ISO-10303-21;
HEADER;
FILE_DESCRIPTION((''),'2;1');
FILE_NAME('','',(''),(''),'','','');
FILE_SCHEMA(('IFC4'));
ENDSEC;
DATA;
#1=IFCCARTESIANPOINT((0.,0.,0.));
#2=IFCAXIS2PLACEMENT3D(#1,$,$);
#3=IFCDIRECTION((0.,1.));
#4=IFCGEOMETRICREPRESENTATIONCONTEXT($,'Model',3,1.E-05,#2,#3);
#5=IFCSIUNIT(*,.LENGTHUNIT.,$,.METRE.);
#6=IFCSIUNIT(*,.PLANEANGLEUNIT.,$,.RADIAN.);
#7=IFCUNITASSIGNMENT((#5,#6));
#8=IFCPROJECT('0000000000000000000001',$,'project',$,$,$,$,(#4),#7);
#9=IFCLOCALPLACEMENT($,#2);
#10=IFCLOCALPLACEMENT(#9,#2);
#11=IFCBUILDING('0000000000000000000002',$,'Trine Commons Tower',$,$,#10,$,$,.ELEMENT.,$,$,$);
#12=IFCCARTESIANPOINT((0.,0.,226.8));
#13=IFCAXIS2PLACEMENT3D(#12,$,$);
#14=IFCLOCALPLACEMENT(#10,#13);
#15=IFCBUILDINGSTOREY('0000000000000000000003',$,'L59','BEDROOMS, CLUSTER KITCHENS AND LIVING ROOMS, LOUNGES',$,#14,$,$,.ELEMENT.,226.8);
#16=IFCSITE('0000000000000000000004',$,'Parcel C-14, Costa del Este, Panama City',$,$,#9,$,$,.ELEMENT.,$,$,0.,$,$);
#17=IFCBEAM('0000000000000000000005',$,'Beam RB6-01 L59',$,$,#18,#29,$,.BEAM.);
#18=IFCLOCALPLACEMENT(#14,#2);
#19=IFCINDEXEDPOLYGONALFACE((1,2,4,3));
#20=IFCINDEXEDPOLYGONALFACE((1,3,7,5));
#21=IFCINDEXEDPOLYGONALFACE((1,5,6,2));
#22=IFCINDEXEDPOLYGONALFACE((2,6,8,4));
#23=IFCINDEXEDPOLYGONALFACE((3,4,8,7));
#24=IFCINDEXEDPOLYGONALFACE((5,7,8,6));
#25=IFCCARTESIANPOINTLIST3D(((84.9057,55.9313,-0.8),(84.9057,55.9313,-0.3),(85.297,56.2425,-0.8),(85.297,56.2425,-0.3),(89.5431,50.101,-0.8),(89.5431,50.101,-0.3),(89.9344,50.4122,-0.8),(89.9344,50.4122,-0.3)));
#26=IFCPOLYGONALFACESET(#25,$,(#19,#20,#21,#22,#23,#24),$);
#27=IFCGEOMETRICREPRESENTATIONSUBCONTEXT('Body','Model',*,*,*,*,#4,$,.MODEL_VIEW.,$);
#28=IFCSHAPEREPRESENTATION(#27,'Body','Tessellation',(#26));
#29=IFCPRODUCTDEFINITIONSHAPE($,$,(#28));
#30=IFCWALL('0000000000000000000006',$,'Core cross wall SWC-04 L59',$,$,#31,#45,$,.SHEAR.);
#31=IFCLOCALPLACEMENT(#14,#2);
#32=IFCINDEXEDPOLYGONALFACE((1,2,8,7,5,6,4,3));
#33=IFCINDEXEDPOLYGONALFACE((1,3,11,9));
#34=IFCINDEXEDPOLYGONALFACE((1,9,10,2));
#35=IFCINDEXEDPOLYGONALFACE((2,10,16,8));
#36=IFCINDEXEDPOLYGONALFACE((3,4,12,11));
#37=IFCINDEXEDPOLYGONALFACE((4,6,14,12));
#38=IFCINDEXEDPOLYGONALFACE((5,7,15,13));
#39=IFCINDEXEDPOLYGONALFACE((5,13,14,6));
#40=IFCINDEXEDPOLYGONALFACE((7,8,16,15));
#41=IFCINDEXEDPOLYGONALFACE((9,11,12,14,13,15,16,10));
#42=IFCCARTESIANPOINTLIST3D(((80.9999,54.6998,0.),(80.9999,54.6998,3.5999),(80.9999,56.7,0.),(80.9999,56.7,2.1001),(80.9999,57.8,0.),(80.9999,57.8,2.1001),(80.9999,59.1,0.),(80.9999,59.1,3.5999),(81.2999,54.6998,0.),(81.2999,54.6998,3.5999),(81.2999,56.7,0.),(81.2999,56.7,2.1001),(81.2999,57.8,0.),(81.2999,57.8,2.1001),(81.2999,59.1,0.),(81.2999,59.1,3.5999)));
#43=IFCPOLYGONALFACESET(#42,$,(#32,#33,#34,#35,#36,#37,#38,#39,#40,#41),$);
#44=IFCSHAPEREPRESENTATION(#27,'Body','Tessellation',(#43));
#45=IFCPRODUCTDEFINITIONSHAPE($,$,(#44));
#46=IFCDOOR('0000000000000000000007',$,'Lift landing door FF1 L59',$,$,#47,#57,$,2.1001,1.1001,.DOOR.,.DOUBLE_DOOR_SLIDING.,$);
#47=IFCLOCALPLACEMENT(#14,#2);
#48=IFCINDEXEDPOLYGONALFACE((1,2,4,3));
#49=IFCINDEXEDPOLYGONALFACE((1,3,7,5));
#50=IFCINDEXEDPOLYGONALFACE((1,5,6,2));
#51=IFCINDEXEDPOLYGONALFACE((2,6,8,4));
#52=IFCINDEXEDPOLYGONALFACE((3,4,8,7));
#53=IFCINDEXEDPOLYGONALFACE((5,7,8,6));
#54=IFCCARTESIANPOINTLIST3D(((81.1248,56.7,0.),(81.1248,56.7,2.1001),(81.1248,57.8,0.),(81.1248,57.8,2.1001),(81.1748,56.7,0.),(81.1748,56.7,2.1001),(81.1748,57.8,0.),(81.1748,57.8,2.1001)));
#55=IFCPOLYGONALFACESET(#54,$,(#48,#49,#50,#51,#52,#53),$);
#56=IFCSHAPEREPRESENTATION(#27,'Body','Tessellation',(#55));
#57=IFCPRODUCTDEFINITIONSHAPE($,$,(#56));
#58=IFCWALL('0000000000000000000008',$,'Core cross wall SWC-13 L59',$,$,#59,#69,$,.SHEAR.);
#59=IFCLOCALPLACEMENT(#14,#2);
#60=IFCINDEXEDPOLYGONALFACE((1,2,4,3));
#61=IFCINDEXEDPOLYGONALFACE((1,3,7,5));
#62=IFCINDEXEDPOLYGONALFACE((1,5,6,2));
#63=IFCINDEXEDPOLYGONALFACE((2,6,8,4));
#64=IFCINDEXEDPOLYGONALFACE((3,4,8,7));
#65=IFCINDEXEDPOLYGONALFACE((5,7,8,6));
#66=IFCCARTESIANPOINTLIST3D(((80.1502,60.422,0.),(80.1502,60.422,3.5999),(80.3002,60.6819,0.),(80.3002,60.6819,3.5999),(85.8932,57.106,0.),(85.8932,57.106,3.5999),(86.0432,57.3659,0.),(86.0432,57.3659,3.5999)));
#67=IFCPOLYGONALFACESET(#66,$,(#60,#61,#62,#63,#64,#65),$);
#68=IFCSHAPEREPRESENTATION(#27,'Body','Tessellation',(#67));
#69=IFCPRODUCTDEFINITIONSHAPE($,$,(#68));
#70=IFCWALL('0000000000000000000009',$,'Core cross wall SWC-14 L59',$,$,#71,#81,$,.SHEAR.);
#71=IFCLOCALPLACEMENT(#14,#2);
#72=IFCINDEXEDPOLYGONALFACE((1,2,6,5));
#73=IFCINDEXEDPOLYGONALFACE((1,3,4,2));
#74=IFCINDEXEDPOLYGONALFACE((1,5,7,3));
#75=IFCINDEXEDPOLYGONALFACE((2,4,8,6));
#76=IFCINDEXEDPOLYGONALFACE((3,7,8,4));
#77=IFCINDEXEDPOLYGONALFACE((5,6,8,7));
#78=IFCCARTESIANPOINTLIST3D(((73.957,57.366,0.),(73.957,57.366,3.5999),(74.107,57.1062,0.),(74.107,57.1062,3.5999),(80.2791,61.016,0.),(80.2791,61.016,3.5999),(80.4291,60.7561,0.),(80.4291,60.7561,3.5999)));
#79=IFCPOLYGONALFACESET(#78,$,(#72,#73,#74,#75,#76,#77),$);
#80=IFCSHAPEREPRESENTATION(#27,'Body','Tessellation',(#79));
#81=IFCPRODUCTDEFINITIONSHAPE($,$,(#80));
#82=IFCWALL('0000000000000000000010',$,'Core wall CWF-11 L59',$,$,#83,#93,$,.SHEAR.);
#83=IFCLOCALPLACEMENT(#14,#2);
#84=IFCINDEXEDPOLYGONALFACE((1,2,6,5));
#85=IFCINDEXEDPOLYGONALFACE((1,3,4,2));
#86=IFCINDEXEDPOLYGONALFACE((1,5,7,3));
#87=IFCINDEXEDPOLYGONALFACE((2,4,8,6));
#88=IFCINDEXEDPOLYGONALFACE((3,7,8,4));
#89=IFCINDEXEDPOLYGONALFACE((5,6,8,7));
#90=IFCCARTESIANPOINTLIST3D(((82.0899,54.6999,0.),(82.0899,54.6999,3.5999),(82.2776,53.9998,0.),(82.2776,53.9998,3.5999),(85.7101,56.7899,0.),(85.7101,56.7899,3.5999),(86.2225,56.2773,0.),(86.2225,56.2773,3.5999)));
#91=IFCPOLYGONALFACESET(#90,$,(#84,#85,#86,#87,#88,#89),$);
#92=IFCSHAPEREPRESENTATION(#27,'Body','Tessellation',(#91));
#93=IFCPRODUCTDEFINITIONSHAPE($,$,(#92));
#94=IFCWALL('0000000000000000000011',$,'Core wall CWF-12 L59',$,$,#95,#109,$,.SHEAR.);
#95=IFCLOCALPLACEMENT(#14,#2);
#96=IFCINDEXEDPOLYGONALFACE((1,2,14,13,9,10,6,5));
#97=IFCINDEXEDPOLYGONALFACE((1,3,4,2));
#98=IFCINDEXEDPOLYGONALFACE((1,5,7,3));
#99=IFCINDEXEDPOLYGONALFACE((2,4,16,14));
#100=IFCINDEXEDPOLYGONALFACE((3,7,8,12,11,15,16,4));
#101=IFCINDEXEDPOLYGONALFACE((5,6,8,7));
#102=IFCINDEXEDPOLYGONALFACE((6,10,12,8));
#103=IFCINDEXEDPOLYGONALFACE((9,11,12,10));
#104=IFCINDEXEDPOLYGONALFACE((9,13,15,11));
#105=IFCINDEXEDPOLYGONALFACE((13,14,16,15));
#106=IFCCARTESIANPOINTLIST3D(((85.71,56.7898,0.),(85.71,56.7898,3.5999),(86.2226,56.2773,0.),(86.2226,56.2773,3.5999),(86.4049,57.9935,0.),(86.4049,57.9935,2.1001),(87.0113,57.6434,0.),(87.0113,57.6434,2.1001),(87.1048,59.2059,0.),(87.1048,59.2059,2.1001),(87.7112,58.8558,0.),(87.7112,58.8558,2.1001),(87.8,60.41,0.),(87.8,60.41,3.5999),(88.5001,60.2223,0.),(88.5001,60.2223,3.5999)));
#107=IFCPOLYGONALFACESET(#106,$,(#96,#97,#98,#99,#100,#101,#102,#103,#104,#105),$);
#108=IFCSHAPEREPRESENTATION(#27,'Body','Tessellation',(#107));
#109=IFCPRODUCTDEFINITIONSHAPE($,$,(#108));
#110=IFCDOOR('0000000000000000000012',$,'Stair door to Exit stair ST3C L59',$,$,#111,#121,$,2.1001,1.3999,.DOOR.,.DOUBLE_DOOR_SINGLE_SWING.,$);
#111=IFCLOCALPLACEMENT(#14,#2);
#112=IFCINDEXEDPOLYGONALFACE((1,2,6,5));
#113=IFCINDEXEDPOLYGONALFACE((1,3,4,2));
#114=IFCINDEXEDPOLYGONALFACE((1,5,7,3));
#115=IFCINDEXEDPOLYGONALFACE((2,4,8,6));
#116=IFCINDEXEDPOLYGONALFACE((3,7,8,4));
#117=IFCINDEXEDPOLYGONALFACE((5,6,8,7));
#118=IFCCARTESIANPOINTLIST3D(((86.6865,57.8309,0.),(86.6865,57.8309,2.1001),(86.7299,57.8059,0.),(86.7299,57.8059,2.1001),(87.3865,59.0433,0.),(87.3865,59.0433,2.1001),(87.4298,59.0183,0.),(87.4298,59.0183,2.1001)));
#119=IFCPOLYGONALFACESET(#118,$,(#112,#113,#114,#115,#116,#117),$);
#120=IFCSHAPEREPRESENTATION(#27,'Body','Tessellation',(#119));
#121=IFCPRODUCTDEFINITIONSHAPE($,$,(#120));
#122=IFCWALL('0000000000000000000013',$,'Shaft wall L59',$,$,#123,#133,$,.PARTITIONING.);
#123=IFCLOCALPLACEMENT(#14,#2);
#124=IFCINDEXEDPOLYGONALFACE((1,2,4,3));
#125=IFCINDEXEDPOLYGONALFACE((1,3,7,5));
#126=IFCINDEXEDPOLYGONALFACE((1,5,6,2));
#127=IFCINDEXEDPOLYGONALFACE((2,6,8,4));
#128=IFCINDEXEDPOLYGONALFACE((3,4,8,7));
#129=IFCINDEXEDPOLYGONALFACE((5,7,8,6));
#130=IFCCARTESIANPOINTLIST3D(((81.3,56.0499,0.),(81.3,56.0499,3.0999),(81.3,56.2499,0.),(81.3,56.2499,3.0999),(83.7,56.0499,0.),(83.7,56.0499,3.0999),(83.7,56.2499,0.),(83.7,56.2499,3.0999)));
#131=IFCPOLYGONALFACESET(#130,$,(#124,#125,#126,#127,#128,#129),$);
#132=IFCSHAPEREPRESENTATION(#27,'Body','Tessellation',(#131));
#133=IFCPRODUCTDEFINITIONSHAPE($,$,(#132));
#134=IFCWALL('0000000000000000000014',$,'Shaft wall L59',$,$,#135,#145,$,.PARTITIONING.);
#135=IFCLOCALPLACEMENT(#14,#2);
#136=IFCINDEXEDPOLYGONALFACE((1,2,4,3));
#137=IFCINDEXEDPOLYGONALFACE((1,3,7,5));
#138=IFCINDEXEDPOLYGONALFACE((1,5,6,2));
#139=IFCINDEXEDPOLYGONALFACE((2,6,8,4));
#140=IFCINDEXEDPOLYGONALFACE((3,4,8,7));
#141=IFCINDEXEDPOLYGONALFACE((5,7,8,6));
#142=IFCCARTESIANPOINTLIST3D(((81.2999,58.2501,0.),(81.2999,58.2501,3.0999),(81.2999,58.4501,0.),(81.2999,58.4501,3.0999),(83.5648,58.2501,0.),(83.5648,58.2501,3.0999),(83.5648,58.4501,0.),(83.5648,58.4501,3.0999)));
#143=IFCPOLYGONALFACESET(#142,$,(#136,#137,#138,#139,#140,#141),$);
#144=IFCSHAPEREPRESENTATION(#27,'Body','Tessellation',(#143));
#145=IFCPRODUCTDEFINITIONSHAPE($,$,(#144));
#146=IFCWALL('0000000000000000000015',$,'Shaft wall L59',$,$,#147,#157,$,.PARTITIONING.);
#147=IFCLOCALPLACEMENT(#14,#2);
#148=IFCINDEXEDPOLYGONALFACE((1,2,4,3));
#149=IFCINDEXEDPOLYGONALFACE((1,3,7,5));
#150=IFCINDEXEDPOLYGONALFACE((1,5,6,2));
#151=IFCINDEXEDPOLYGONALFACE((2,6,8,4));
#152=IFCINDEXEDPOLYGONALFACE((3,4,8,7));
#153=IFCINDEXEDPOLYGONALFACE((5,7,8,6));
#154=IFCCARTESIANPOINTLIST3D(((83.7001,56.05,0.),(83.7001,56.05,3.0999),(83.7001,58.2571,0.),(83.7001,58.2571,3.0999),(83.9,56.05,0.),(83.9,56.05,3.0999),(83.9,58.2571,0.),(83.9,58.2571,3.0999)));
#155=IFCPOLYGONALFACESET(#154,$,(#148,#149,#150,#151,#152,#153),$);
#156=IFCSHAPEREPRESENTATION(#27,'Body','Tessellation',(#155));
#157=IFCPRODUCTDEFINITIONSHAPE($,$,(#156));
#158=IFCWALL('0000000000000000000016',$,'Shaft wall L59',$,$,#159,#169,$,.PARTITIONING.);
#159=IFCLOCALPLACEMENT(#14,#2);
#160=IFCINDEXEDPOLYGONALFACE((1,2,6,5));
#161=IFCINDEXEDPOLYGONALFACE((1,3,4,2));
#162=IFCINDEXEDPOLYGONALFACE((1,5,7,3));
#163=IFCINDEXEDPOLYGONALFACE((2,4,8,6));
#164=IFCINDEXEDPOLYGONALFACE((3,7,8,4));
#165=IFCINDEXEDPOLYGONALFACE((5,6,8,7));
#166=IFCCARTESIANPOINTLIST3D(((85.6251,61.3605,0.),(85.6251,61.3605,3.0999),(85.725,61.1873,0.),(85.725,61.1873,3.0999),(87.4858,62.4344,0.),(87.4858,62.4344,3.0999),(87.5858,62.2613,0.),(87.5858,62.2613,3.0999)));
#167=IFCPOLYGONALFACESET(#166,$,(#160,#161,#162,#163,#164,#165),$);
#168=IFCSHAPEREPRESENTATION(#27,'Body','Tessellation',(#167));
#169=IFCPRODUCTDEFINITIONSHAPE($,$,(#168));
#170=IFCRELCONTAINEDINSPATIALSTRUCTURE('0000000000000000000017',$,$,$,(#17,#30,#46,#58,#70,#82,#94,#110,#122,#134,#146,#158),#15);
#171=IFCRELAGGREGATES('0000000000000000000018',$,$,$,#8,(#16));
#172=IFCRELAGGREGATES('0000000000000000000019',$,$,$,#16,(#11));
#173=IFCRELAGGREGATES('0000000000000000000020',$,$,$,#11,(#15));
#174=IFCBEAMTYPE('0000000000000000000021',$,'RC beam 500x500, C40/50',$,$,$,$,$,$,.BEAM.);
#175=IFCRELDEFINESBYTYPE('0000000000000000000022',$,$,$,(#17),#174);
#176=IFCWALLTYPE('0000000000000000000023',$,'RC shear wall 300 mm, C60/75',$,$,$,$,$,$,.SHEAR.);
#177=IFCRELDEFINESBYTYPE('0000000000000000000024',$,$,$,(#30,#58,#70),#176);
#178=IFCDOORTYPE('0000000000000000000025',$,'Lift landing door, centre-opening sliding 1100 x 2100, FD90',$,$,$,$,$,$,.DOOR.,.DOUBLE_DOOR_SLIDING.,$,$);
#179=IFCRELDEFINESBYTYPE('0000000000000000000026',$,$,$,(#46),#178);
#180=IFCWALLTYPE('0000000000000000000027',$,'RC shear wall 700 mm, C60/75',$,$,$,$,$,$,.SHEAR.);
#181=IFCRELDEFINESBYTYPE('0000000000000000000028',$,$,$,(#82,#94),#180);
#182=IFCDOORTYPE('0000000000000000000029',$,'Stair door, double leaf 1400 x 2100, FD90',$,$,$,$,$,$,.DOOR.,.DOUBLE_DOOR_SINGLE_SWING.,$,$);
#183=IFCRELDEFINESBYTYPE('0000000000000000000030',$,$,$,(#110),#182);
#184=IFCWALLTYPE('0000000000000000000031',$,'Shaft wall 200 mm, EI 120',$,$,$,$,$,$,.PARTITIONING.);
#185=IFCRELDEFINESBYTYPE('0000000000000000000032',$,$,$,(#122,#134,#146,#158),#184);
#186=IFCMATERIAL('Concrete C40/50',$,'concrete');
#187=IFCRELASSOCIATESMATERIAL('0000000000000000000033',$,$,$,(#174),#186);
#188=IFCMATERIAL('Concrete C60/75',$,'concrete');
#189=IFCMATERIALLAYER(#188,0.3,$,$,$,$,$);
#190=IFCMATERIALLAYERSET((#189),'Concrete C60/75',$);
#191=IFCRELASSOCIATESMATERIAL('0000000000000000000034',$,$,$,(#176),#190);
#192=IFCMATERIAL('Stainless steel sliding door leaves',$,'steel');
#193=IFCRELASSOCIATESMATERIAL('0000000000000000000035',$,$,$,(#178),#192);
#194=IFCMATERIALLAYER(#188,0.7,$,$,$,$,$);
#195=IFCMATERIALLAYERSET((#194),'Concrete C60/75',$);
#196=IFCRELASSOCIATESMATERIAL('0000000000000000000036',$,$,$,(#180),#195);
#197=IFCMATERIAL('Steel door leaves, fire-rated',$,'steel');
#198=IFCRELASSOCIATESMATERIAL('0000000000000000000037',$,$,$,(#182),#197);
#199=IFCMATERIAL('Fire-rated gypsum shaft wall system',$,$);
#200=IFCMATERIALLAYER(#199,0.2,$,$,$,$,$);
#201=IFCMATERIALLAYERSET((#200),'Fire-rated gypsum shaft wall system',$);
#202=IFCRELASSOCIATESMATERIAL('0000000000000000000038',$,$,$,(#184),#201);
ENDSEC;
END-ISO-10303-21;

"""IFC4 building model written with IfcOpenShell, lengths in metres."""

from ifc_helpers import new_model, si_unit, direction, frame, frame_2d, origin, origin_2d, place, context, subcontext, project, spatial, polyline, rectangle, outline, extrude, material, layer, layer_set, material_profile, profile_set, type_object, element, fill, save


model = new_model("IFC4")

# Units and contexts
model_context = context("Model", 3, precision=1e-05, world=origin(), true_north=direction((0.0, 1.0)))
body_context = subcontext(model_context, "Body", "Model", "MODEL_VIEW")
ifc_project = project(units=[si_unit("LENGTHUNIT", "METRE"), si_unit("PLANEANGLEUNIT", "RADIAN")], contexts=[model_context])

# Site, building, storey
site_placement = place(None, origin())
site = spatial("IfcSite", under=ifc_project, at=site_placement, Name="Parcel C-14, Costa del Este, Panama City", CompositionType="ELEMENT", RefElevation=0.0)
building_placement = place(site_placement, origin())
building = spatial("IfcBuilding", under=site, at=building_placement, Name="Trine Commons Tower", CompositionType="ELEMENT")
storey_placement = place(building_placement, frame((0.0, 0.0, 226.8)))
storey = spatial("IfcBuildingStorey", under=building, at=storey_placement, Name="L59", Description="BEDROOMS, CLUSTER KITCHENS AND LIVING ROOMS, LOUNGES", CompositionType="ELEMENT", Elevation=226.8)

# Beam
ifc_material_1 = material(Name="Concrete C40/50", Category="concrete")
ifc_material_profile = material_profile(ifc_material_1, rectangle(XDim=0.5, YDim=0.5, at=origin_2d()), Name="RC 500x500")
ifc_profile_set = profile_set([ifc_material_profile], Name="Concrete C40/50")
beam_type = type_object("IfcBeamType", Name="RC beam 500x500, C40/50", PredefinedType="BEAM", material=ifc_profile_set)
beam_placement = place(storey_placement, frame((85.1013, 56.0869, -0.55), z_axis=(0.622498, -0.782621, 0.0), x_axis=(0.782621, 0.622498, 0.0)))
element("IfcBeam", 1, at=beam_placement, inside=storey, type_object=beam_type, Name="Beam RB6-01 L59", PredefinedType="BEAM", context=body_context, shape_type="SweptSolid", body=[
    extrude(rectangle(XDim=0.5, YDim=0.5, at=origin_2d()), origin(), (0.0, 0.0, 1.0), 7.4497),
])

# Wall, opening, door
ifc_material_2 = material(Name="Concrete C60/75", Category="concrete")
ifc_layer_1 = layer(ifc_material_2, 0.3)
ifc_layer_set_1 = layer_set([ifc_layer_1], Name="Concrete C60/75")
wall_type_1 = type_object("IfcWallType", Name="RC shear wall 300 mm, C60/75", PredefinedType="SHEAR", material=ifc_layer_set_1)
wall_1_placement = place(storey_placement, frame((81.1499, 59.1001, 0.0), z_axis=(0.0, 0.0, 1.0), x_axis=(0.0, -1.0, 0.0)))
wall_1 = element("IfcWall", 2, at=wall_1_placement, inside=storey, type_object=wall_type_1, Name="Core cross wall SWC-04 L59", PredefinedType="SHEAR", context=body_context, shape_type="SweptSolid", body=[
    extrude(rectangle(XDim=4.4001, YDim=0.3, at=frame_2d((2.2002, 0.0))), origin(), (0.0, 0.0, 1.0), 3.5999),
])
opening_1_placement = place(wall_1_placement, frame((1.3, 0.0, 0.0)))
opening_1 = element("IfcOpeningElement", 3, at=opening_1_placement, cuts=wall_1, PredefinedType="OPENING", context=body_context, shape_type="SweptSolid", body=[
    extrude(rectangle(XDim=1.1001, YDim=2.1001, at=frame_2d((0.55, 1.05))), frame((0.0, 0.1599, 0.0), z_axis=(0.0, -1.0, 0.0), x_axis=(1.0, 0.0, 0.0)), (0.0, 0.0, 1.0), 0.3201),
])
ifc_material_3 = material(Name="Stainless steel sliding door leaves", Category="steel")
door_type_1 = type_object("IfcDoorType", Name="Lift landing door, centre-opening sliding 1100 x 2100, FD90", OperationType="DOUBLE_DOOR_SLIDING", PredefinedType="DOOR", material=ifc_material_3)
door_1_placement = place(opening_1_placement, origin())
door_1 = element("IfcDoor", 4, at=door_1_placement, inside=storey, type_object=door_type_1, Name="Lift landing door FF1 L59", OperationType="DOUBLE_DOOR_SLIDING", OverallHeight=2.1001, OverallWidth=1.1001, PredefinedType="DOOR", context=body_context, shape_type="SweptSolid", body=[
    extrude(rectangle(XDim=1.1001, YDim=2.1001, at=frame_2d((0.55, 1.05))), frame((0.0, 0.0249, 0.0), z_axis=(0.0, -1.0, 0.0), x_axis=(1.0, 0.0, 0.0)), (0.0, 0.0, 1.0), 0.05),
])
fill(opening_1, door_1)

# Walls
wall_2_placement = place(storey_placement, frame((80.2251, 60.552, 0.0), z_axis=(0.0, 0.0, 1.0), x_axis=(0.86601, -0.500027, 0.0)))
element("IfcWall", 5, at=wall_2_placement, inside=storey, type_object=wall_type_1, Name="Core cross wall SWC-13 L59", PredefinedType="SHEAR", context=body_context, shape_type="SweptSolid", body=[
    extrude(rectangle(XDim=6.6316, YDim=0.3, at=frame_2d((3.3159, 0.0))), origin(), (0.0, 0.0, 1.0), 3.5999),
])
wall_3_placement = place(storey_placement, frame((80.354, 60.886, 0.0), z_axis=(0.0, 0.0, 1.0), x_axis=(-0.866032, -0.499988, 0.0)))
element("IfcWall", 6, at=wall_3_placement, inside=storey, type_object=wall_type_1, Name="Core cross wall SWC-14 L59", PredefinedType="SHEAR", context=body_context, shape_type="SweptSolid", body=[
    extrude(rectangle(XDim=7.3, YDim=0.3, at=frame_2d((3.6499, 0.0))), origin(), (0.0, 0.0, 1.0), 3.5999),
])
ifc_layer_2 = layer(ifc_material_2, 0.7)
ifc_layer_set_2 = layer_set([ifc_layer_2], Name="Concrete C60/75")
wall_type_2 = type_object("IfcWallType", Name="RC shear wall 700 mm, C60/75", PredefinedType="SHEAR", material=ifc_layer_set_2)
wall_4_placement = place(storey_placement, frame((82.1025, 54.303, 0.0), z_axis=(0.0, 0.0, 1.0), x_axis=(0.866035, 0.499984, 0.0)))
element("IfcWall", 7, at=wall_4_placement, inside=storey, type_object=wall_type_2, Name="Core wall CWF-11 L59", PredefinedType="SHEAR", context=body_context, shape_type="SweptSolid", body=[
    extrude(outline(polyline([(0.0, -0.3501), (4.5552, -0.3501), (4.3677, 0.3501), (0.1875, 0.3501), (0.0, -0.3501)])), origin(), (0.0, 0.0, 1.0), 3.5999),
])

# Wall, opening, door
wall_5_placement = place(storey_placement, frame((85.9194, 56.4524, 0.0), z_axis=(0.0, 0.0, 1.0), x_axis=(0.499984, 0.866035, 0.0)))
wall_5 = element("IfcWall", 8, at=wall_5_placement, inside=storey, type_object=wall_type_2, Name="Core wall CWF-12 L59", PredefinedType="SHEAR", context=body_context, shape_type="SweptSolid", body=[
    extrude(outline(polyline([(0.0, -0.3501), (4.5552, -0.3501), (4.3677, 0.3501), (0.1875, 0.3501), (0.0, -0.3501)])), origin(), (0.0, 0.0, 1.0), 3.5999),
])
opening_2_placement = place(wall_5_placement, frame((1.5774, 0.0, 0.0)))
opening_2 = element("IfcOpeningElement", 9, at=opening_2_placement, cuts=wall_5, PredefinedType="OPENING", context=body_context, shape_type="SweptSolid", body=[
    extrude(rectangle(XDim=1.3999, YDim=2.1001, at=frame_2d((0.7, 1.05))), frame((0.0, 0.3599, 0.0), z_axis=(0.0, -1.0, 0.0), x_axis=(1.0, 0.0, 0.0)), (0.0, 0.0, 1.0), 0.72),
])
ifc_material_4 = material(Name="Steel door leaves, fire-rated", Category="steel")
door_type_2 = type_object("IfcDoorType", Name="Stair door, double leaf 1400 x 2100, FD90", OperationType="DOUBLE_DOOR_SINGLE_SWING", PredefinedType="DOOR", material=ifc_material_4)
door_2_placement = place(opening_2_placement, origin())
door_2 = element("IfcDoor", 10, at=door_2_placement, inside=storey, type_object=door_type_2, Name="Stair door to Exit stair ST3C L59", OperationType="DOUBLE_DOOR_SINGLE_SWING", OverallHeight=2.1001, OverallWidth=1.3999, PredefinedType="DOOR", context=body_context, shape_type="SweptSolid", body=[
    extrude(rectangle(XDim=1.3999, YDim=2.1001, at=frame_2d((0.7, 1.05))), frame((0.0, 0.0249, 0.0), z_axis=(0.0, -1.0, 0.0), x_axis=(1.0, 0.0, 0.0)), (0.0, 0.0, 1.0), 0.05),
])
fill(opening_2, door_2)

# Walls
ifc_material_5 = material(Name="Fire-rated gypsum shaft wall system")
ifc_layer_3 = layer(ifc_material_5, 0.2)
ifc_layer_set_3 = layer_set([ifc_layer_3], Name="Fire-rated gypsum shaft wall system")
wall_type_3 = type_object("IfcWallType", Name="Shaft wall 200 mm, EI 120", PredefinedType="PARTITIONING", material=ifc_layer_set_3)
wall_6_placement = place(storey_placement, frame((81.3, 56.1499, 0.0), z_axis=(0.0, 0.0, 1.0), x_axis=(1.0, 0.0, 0.0)))
element("IfcWall", 11, at=wall_6_placement, inside=storey, type_object=wall_type_3, Name="Shaft wall L59", PredefinedType="PARTITIONING", context=body_context, shape_type="SweptSolid", body=[
    extrude(rectangle(XDim=2.3999, YDim=0.2, at=frame_2d((1.2, 0.0))), origin(), (0.0, 0.0, 1.0), 3.0999),
])
wall_7_placement = place(storey_placement, frame((81.3, 58.3501, 0.0), z_axis=(0.0, 0.0, 1.0), x_axis=(1.0, 0.0, 0.0)))
element("IfcWall", 12, at=wall_7_placement, inside=storey, type_object=wall_type_3, Name="Shaft wall L59", PredefinedType="PARTITIONING", context=body_context, shape_type="SweptSolid", body=[
    extrude(rectangle(XDim=2.2649, YDim=0.2, at=frame_2d((1.1323, 0.0))), origin(), (0.0, 0.0, 1.0), 3.0999),
])
wall_8_placement = place(storey_placement, frame((83.8, 58.2571, 0.0), z_axis=(0.0, 0.0, 1.0), x_axis=(0.0, -1.0, 0.0)))
element("IfcWall", 13, at=wall_8_placement, inside=storey, type_object=wall_type_3, Name="Shaft wall L59", PredefinedType="PARTITIONING", context=body_context, shape_type="SweptSolid", body=[
    extrude(rectangle(XDim=2.207, YDim=0.2, at=frame_2d((1.1035, 0.0))), origin(), (0.0, 0.0, 1.0), 3.0999),
])
wall_9_placement = place(storey_placement, frame((85.675, 61.2739, 0.0), z_axis=(0.0, 0.0, 1.0), x_axis=(0.866102, 0.499867, 0.0)))
element("IfcWall", 14, at=wall_9_placement, inside=storey, type_object=wall_type_3, Name="Shaft wall L59", PredefinedType="PARTITIONING", context=body_context, shape_type="SweptSolid", body=[
    extrude(rectangle(XDim=2.1484, YDim=0.2, at=frame_2d((1.0742, 0.0))), origin(), (0.0, 0.0, 1.0), 3.0999),
])

save(model, "model.ifc")
